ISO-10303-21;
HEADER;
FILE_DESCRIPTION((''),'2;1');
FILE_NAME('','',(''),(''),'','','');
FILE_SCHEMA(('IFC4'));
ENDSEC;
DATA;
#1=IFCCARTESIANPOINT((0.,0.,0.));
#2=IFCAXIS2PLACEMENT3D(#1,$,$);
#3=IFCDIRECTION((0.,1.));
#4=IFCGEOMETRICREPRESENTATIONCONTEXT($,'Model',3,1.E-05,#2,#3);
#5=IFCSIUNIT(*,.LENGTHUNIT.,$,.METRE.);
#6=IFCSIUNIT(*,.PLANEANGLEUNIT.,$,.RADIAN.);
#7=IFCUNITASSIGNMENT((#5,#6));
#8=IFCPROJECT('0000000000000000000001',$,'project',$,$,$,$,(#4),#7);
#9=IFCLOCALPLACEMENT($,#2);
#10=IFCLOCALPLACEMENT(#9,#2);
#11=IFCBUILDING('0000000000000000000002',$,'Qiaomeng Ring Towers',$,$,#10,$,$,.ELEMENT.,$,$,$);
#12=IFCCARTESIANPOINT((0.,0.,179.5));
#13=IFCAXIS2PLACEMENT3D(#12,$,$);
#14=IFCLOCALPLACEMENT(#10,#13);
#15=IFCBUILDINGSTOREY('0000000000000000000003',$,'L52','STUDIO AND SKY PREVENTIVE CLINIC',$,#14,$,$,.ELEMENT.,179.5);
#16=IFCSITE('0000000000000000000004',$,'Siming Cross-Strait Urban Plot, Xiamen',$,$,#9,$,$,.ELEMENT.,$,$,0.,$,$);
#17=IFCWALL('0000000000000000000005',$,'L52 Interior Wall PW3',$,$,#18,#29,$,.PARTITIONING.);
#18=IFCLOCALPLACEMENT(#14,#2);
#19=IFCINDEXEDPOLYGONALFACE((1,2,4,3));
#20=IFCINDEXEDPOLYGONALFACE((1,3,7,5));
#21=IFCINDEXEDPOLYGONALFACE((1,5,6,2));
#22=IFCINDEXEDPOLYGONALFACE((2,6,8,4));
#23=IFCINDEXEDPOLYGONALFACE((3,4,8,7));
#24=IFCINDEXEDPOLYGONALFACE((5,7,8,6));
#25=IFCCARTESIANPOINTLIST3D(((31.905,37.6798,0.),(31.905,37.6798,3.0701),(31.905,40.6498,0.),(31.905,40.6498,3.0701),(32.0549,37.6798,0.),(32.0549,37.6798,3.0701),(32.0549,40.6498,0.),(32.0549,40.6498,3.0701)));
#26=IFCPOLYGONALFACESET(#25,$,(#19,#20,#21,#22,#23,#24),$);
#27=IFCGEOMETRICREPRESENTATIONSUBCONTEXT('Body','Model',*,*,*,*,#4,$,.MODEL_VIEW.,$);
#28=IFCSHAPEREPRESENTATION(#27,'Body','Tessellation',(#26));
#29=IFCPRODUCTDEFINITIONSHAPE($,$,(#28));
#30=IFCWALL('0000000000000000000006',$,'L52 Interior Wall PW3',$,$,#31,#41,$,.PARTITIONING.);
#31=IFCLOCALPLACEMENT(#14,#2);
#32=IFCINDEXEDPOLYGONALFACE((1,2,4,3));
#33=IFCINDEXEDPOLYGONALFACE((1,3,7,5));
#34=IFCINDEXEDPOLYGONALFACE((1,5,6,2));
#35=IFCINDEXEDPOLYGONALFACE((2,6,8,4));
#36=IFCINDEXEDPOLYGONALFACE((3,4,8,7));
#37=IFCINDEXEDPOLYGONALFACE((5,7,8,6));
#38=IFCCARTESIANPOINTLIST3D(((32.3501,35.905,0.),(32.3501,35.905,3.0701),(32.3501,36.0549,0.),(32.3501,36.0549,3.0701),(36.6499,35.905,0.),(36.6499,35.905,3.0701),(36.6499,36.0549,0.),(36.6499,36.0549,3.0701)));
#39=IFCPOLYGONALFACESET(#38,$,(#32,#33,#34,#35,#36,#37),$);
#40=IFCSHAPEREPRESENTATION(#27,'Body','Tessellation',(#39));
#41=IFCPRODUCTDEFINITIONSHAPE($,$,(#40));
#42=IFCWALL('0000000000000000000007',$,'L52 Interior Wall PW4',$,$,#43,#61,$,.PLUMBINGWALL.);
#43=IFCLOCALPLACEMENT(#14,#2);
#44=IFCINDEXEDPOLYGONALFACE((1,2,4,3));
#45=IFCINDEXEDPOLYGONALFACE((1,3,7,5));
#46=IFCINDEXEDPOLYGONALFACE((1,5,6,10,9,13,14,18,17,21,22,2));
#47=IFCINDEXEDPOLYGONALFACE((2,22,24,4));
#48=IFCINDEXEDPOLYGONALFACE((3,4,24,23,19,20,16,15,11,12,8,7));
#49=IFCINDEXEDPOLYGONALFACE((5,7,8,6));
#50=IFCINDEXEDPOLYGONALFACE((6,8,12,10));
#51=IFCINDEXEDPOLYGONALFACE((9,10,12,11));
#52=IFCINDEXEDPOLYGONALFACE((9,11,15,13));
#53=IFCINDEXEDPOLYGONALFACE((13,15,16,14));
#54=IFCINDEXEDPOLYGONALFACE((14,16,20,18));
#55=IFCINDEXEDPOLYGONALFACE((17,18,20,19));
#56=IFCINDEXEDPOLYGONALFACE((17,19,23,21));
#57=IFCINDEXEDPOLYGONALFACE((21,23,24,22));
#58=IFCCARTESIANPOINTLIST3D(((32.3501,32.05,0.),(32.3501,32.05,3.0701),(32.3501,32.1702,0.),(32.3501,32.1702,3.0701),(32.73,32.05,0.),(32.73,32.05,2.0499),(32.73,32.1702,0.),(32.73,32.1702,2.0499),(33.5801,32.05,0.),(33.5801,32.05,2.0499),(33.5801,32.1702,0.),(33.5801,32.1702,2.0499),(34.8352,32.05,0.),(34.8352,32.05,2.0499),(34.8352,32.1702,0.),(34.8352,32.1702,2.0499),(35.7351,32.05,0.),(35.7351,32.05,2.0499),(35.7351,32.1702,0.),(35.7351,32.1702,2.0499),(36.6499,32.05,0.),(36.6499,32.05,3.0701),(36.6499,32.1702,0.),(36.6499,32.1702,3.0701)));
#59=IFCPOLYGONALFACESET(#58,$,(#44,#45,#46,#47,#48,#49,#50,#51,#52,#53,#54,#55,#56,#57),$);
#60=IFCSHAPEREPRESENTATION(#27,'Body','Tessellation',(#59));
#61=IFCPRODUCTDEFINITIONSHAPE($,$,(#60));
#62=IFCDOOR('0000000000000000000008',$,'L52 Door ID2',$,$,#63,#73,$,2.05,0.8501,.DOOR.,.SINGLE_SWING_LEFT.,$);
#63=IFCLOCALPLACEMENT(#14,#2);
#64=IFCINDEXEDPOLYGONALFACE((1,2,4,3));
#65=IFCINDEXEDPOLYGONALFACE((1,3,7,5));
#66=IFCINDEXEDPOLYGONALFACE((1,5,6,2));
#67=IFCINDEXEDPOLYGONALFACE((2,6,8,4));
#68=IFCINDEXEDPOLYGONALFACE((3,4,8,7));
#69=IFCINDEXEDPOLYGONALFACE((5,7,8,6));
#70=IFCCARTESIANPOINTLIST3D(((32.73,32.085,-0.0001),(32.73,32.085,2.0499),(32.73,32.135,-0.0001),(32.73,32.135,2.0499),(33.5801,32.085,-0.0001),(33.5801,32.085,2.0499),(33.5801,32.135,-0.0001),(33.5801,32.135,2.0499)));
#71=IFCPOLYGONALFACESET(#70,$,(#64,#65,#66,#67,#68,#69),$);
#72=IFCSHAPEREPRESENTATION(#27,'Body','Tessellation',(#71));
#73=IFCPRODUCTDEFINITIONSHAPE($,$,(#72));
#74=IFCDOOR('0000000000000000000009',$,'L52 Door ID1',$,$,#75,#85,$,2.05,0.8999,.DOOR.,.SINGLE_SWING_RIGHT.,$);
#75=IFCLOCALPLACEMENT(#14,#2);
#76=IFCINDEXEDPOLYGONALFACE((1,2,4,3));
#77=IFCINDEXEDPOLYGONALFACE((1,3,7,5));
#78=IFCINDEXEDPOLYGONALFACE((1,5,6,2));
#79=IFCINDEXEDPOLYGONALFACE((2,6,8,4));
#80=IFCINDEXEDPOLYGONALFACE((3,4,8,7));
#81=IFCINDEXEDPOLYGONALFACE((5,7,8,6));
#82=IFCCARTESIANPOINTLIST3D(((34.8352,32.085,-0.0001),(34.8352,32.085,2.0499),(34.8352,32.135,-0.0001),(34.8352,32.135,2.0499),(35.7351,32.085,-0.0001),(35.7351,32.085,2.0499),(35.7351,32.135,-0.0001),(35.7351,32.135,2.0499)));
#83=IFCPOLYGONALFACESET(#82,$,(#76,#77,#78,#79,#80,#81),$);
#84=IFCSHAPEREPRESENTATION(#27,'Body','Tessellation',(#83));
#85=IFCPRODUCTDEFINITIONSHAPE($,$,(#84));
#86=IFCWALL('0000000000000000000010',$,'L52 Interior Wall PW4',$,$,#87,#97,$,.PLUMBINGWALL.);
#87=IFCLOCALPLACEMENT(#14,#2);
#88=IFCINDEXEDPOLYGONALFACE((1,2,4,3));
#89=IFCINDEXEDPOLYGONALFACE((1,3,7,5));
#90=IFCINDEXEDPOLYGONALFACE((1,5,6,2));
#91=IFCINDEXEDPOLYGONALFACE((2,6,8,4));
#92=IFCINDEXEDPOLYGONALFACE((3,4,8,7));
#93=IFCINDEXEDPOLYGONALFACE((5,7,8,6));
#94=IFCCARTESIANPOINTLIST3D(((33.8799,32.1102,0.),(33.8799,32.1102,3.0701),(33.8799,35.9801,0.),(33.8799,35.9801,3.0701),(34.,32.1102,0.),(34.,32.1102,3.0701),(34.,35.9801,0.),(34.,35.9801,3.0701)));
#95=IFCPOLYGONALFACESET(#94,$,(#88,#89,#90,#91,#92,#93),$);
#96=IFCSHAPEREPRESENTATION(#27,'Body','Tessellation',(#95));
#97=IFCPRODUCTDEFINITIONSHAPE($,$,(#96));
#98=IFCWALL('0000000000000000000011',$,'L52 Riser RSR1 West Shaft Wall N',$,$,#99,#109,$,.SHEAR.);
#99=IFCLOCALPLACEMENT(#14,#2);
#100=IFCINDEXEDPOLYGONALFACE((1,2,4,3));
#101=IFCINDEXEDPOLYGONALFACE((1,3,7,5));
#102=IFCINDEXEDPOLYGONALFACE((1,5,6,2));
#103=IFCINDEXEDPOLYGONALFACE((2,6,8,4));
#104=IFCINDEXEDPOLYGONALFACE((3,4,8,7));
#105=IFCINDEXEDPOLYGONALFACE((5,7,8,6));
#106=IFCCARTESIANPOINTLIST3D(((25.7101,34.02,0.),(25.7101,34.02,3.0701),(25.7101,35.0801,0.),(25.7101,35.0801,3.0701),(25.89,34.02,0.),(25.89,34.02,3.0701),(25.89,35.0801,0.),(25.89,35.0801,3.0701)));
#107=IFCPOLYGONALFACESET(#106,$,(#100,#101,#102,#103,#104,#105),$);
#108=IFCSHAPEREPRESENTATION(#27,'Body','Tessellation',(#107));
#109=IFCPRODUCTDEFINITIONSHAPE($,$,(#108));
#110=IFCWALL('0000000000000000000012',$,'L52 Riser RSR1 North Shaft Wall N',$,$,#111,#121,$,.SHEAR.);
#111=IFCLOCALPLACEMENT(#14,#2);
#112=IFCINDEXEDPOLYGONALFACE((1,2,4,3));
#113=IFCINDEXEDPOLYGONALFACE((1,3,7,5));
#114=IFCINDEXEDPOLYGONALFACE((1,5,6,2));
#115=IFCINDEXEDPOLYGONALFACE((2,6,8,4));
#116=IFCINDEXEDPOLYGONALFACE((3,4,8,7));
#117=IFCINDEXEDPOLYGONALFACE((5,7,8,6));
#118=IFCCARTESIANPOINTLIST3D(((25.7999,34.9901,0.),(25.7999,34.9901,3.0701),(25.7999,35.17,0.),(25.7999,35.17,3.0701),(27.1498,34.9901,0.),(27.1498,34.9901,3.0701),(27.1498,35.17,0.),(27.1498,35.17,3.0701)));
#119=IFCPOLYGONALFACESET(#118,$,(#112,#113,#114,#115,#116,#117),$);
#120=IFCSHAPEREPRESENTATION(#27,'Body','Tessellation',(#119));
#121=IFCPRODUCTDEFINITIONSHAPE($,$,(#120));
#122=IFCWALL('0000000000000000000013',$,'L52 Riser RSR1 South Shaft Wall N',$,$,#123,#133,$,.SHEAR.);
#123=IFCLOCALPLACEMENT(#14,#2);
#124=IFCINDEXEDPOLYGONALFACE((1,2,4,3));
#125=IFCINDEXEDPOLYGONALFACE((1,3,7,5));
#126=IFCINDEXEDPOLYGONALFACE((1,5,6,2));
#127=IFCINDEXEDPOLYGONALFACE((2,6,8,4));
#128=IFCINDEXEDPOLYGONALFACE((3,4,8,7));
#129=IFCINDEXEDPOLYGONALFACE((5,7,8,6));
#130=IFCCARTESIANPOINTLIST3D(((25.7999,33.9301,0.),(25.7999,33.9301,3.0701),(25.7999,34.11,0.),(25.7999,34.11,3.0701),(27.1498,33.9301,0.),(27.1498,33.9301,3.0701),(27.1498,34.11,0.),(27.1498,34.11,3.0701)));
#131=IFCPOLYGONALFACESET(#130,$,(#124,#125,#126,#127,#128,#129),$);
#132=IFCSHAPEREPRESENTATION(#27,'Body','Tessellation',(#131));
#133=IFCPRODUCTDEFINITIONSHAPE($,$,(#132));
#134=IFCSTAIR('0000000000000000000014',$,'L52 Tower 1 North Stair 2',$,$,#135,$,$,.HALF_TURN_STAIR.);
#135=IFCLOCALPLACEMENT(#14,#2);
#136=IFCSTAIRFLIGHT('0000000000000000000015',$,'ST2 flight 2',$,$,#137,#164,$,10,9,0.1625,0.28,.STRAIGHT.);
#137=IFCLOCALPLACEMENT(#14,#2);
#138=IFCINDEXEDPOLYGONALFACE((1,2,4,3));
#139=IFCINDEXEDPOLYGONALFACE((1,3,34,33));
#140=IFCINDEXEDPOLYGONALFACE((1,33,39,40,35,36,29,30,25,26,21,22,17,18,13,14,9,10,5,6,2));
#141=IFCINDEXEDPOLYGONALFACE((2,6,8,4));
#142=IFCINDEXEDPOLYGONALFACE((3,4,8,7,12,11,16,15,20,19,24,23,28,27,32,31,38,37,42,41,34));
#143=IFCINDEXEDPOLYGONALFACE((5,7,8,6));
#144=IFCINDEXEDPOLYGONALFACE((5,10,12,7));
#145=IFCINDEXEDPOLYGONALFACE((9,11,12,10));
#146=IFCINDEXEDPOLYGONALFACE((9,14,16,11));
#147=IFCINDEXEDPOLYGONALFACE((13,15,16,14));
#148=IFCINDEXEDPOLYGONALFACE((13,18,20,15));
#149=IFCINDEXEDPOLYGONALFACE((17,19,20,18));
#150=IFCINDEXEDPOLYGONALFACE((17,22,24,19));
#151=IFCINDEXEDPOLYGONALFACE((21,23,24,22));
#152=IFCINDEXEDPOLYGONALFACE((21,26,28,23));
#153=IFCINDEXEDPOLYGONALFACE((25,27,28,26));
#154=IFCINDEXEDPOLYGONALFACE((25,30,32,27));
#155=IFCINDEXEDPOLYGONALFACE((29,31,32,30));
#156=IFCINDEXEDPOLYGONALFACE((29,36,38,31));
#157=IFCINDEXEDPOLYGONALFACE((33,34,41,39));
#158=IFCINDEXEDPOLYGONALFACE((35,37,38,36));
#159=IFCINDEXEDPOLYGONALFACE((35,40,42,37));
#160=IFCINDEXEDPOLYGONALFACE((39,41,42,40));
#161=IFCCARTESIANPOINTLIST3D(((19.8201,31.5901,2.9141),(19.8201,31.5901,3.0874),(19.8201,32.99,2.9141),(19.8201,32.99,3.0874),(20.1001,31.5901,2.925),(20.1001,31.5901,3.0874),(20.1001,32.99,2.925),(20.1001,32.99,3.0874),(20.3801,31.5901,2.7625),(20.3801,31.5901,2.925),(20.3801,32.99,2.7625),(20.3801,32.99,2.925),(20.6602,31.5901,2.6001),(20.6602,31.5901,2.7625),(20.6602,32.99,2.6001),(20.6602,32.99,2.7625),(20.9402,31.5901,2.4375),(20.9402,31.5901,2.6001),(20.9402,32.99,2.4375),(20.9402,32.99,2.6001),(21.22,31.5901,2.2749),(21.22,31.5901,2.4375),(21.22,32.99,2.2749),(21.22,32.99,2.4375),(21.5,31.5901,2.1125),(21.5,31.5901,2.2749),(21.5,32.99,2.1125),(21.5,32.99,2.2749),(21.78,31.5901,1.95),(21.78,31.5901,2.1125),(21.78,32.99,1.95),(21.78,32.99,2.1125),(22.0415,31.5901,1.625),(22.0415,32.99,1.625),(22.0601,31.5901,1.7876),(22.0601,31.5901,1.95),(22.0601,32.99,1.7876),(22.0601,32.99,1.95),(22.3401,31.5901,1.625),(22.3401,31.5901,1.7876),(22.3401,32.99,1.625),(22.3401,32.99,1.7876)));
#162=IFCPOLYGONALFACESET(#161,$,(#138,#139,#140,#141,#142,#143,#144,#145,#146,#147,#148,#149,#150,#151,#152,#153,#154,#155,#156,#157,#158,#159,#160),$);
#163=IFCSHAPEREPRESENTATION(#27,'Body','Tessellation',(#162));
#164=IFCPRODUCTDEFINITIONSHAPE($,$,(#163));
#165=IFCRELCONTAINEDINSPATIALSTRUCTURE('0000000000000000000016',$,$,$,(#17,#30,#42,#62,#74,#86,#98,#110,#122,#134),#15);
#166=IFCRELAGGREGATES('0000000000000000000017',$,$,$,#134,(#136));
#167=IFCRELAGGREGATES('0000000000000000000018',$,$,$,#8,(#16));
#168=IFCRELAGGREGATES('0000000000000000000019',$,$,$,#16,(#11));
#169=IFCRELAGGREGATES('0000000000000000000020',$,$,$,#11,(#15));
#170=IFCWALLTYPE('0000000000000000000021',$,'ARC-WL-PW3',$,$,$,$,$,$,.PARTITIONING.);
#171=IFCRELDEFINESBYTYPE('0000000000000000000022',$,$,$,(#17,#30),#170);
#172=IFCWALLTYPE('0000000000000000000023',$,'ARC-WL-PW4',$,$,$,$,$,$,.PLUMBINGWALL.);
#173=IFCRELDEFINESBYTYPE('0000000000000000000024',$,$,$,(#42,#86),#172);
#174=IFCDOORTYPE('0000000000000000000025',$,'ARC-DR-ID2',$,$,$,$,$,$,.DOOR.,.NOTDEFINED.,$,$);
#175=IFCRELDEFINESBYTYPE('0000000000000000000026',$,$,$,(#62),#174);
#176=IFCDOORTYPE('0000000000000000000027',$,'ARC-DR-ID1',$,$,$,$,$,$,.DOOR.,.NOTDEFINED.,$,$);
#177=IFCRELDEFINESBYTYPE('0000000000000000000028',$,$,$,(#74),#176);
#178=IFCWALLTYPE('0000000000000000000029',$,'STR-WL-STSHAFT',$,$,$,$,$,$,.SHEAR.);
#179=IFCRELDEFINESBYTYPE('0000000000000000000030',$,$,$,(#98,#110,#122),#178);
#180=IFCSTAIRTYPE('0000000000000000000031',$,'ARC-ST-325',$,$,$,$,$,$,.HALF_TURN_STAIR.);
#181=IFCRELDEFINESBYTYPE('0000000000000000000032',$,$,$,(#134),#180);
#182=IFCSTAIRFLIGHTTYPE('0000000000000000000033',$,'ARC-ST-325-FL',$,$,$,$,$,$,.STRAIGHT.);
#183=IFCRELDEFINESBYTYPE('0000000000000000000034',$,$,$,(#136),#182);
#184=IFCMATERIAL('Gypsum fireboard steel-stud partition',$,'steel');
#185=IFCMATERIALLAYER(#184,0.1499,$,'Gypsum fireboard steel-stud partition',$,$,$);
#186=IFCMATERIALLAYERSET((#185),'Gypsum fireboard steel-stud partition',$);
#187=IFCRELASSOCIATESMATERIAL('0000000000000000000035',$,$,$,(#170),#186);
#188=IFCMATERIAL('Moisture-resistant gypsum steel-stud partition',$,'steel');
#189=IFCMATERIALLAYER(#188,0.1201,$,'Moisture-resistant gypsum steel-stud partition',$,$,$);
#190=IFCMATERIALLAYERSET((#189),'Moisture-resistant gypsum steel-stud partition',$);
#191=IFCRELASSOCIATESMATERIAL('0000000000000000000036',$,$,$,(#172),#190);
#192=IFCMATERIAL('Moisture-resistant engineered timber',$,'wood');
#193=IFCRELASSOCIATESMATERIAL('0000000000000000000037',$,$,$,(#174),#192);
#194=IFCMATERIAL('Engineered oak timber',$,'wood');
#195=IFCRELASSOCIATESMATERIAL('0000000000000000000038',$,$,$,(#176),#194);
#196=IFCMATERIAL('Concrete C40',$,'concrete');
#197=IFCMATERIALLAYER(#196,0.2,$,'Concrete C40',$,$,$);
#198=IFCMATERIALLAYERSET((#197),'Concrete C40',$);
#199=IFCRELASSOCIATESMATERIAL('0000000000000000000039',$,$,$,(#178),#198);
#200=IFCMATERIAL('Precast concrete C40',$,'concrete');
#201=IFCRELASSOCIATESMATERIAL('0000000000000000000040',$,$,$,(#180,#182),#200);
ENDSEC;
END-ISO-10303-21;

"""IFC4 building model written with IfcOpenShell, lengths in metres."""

from ifc_helpers import new_model, si_unit, direction, frame, frame_2d, origin, place, context, subcontext, project, spatial, polyline, rectangle, outline, extrude, source, transform, mapped, material, layer, layer_set, type_object, element, fill, aggregate, save


model = new_model("IFC4")

# Units and contexts
model_context = context("Model", 3, precision=1e-05, world=origin(), true_north=direction((0.0, 1.0)))
body_context = subcontext(model_context, "Body", "Model", "MODEL_VIEW")
ifc_project = project(units=[si_unit("LENGTHUNIT", "METRE"), si_unit("PLANEANGLEUNIT", "RADIAN")], contexts=[model_context])

# Site, building, storey
site_placement = place(None, origin())
site = spatial("IfcSite", under=ifc_project, at=site_placement, Name="Siming Cross-Strait Urban Plot, Xiamen", CompositionType="ELEMENT", RefElevation=0.0)
building_placement = place(site_placement, origin())
building = spatial("IfcBuilding", under=site, at=building_placement, Name="Qiaomeng Ring Towers", CompositionType="ELEMENT")
storey_placement = place(building_placement, frame((0.0, 0.0, 179.5)))
storey = spatial("IfcBuildingStorey", under=building, at=storey_placement, Name="L52", Description="STUDIO AND SKY PREVENTIVE CLINIC", CompositionType="ELEMENT", Elevation=179.5)

# Walls
ifc_material_1 = material(Name="Gypsum fireboard steel-stud partition", Category="steel")
ifc_layer_1 = layer(ifc_material_1, 0.1499, Name="Gypsum fireboard steel-stud partition")
ifc_layer_set_1 = layer_set([ifc_layer_1], Name="Gypsum fireboard steel-stud partition")
wall_type_1 = type_object("IfcWallType", Name="ARC-WL-PW3", PredefinedType="PARTITIONING", material=ifc_layer_set_1)
for number, where, z_axis, x_axis, name in (
    (1, (31.98, 37.6799, 0.0), (0.0, 0.0, 1.0), (0.0, 1.0, 0.0), "L52 Interior Wall PW3"),
):
    element("IfcWall", number, at=place(storey_placement, frame(where, z_axis=z_axis, x_axis=x_axis)), inside=storey, type_object=wall_type_1, Name=name, PredefinedType="PARTITIONING", context=body_context, shape_type="SweptSolid", body=[
        extrude(rectangle(XDim=2.97, YDim=0.1499, at=frame_2d((1.4849, 0.0))), origin(), (0.0, 0.0, 1.0), 3.0701),
    ])
wall_1_placement = place(storey_placement, frame((32.3501, 35.98, 0.0), z_axis=(0.0, 0.0, 1.0), x_axis=(1.0, 0.0, 0.0)))
element("IfcWall", 2, at=wall_1_placement, inside=storey, type_object=wall_type_1, Name="L52 Interior Wall PW3", PredefinedType="PARTITIONING", context=body_context, shape_type="SweptSolid", body=[
    extrude(rectangle(XDim=4.2998, YDim=0.1499, at=frame_2d((2.1499, 0.0))), origin(), (0.0, 0.0, 1.0), 3.0701),
])

# Wall, openings, doors
ifc_material_2 = material(Name="Moisture-resistant gypsum steel-stud partition", Category="steel")
ifc_layer_2 = layer(ifc_material_2, 0.1201, Name="Moisture-resistant gypsum steel-stud partition")
ifc_layer_set_2 = layer_set([ifc_layer_2], Name="Moisture-resistant gypsum steel-stud partition")
wall_type_2 = type_object("IfcWallType", Name="ARC-WL-PW4", PredefinedType="PLUMBINGWALL", material=ifc_layer_set_2)
wall_2_placement = place(storey_placement, frame((32.3501, 32.1101, 0.0), z_axis=(0.0, 0.0, 1.0), x_axis=(1.0, 0.0, 0.0)))
wall_2 = element("IfcWall", 3, at=wall_2_placement, inside=storey, type_object=wall_type_2, Name="L52 Interior Wall PW4", PredefinedType="PLUMBINGWALL", context=body_context, shape_type="SweptSolid", body=[
    extrude(rectangle(XDim=4.2998, YDim=0.1201, at=frame_2d((2.1499, 0.0))), origin(), (0.0, 0.0, 1.0), 3.0701),
])
opening_1_placement = place(wall_2_placement, frame((0.3799, 0.0, 0.0)))
opening_1 = element("IfcOpeningElement", 4, at=opening_1_placement, cuts=wall_2, PredefinedType="OPENING", context=body_context, shape_type="SweptSolid", body=[
    extrude(rectangle(XDim=0.8501, YDim=2.05, at=frame_2d((0.425, 1.0249))), frame((0.0, 0.0701, 0.0), z_axis=(0.0, -1.0, 0.0), x_axis=(1.0, 0.0, 0.0)), (0.0, 0.0, 1.0), 0.1401),
])
opening_2_placement = place(wall_2_placement, frame((2.4851, 0.0, 0.0)))
opening_2 = element("IfcOpeningElement", 5, at=opening_2_placement, cuts=wall_2, PredefinedType="OPENING", context=body_context, shape_type="SweptSolid", body=[
    extrude(rectangle(XDim=0.8999, YDim=2.05, at=frame_2d((0.45, 1.0249))), frame((0.0, 0.0701, 0.0), z_axis=(0.0, -1.0, 0.0), x_axis=(1.0, 0.0, 0.0)), (0.0, 0.0, 1.0), 0.1401),
])
ifc_material_3 = material(Name="Moisture-resistant engineered timber", Category="wood")
door_type_1 = type_object("IfcDoorType", Name="ARC-DR-ID2", OperationType="NOTDEFINED", PredefinedType="DOOR", material=ifc_material_3)
shared_shape_1 = source(origin(), body_context, "Body", "SweptSolid", [
    extrude(rectangle(XDim=0.8501, YDim=2.05, at=frame_2d((0.425, 1.0249))), frame((0.0, 0.0249, 0.0), z_axis=(0.0, -1.0, 0.0), x_axis=(1.0, 0.0, 0.0)), (0.0, 0.0, 1.0), 0.05),
])
door_1_placement = place(opening_1_placement, origin())
door_1 = element("IfcDoor", 6, at=door_1_placement, inside=storey, type_object=door_type_1, Name="L52 Door ID2", OperationType="SINGLE_SWING_LEFT", OverallHeight=2.05, OverallWidth=0.8501, PredefinedType="DOOR", context=body_context, shape_type="MappedRepresentation", body=[
    mapped(shared_shape_1, transform((0.0, 0.0, 0.0), x_axis=(1.0, 0.0, 0.0), y_axis=(0.0, 1.0, 0.0), z_axis=(0.0, 0.0, 1.0), scale=1.0)),
])
fill(opening_1, door_1)
ifc_material_4 = material(Name="Engineered oak timber", Category="wood")
door_type_2 = type_object("IfcDoorType", Name="ARC-DR-ID1", OperationType="NOTDEFINED", PredefinedType="DOOR", material=ifc_material_4)
shared_shape_2 = source(origin(), body_context, "Body", "SweptSolid", [
    extrude(rectangle(XDim=0.8999, YDim=2.05, at=frame_2d((0.45, 1.0249))), frame((0.0, 0.0249, 0.0), z_axis=(0.0, -1.0, 0.0), x_axis=(1.0, 0.0, 0.0)), (0.0, 0.0, 1.0), 0.05),
])
door_2_placement = place(opening_2_placement, origin())
door_2 = element("IfcDoor", 7, at=door_2_placement, inside=storey, type_object=door_type_2, Name="L52 Door ID1", OperationType="SINGLE_SWING_RIGHT", OverallHeight=2.05, OverallWidth=0.8999, PredefinedType="DOOR", context=body_context, shape_type="MappedRepresentation", body=[
    mapped(shared_shape_2, transform((0.0, 0.0, 0.0), x_axis=(1.0, 0.0, 0.0), y_axis=(0.0, 1.0, 0.0), z_axis=(0.0, 0.0, 1.0), scale=1.0)),
])
fill(opening_2, door_2)

# Walls
wall_3_placement = place(storey_placement, frame((33.9399, 32.1101, 0.0), z_axis=(0.0, 0.0, 1.0), x_axis=(0.0, 1.0, 0.0)))
element("IfcWall", 8, at=wall_3_placement, inside=storey, type_object=wall_type_2, Name="L52 Interior Wall PW4", PredefinedType="PLUMBINGWALL", context=body_context, shape_type="SweptSolid", body=[
    extrude(rectangle(XDim=3.8699, YDim=0.1201, at=frame_2d((1.9351, 0.0))), origin(), (0.0, 0.0, 1.0), 3.0701),
])
ifc_material_5 = material(Name="Concrete C40", Category="concrete")
ifc_layer_3 = layer(ifc_material_5, 0.2, Name="Concrete C40")
ifc_layer_set_3 = layer_set([ifc_layer_3], Name="Concrete C40")
wall_type_3 = type_object("IfcWallType", Name="STR-WL-STSHAFT", PredefinedType="SHEAR", material=ifc_layer_set_3)
wall_4_placement = place(storey_placement, frame((25.8, 34.02, 0.0), z_axis=(0.0, 0.0, 1.0), x_axis=(0.0, 1.0, 0.0)))
element("IfcWall", 9, at=wall_4_placement, inside=storey, type_object=wall_type_3, Name="L52 Riser RSR1 West Shaft Wall N", PredefinedType="SHEAR", context=body_context, shape_type="SweptSolid", body=[
    extrude(rectangle(XDim=1.0601, YDim=0.1799, at=frame_2d((0.53, 0.0))), origin(), (0.0, 0.0, 1.0), 3.0701),
])
for number, where, z_axis, x_axis, name in (
    (10, (25.8, 35.0801, 0.0), (0.0, 0.0, 1.0), (1.0, 0.0, 0.0), "L52 Riser RSR1 North Shaft Wall N"),
    (11, (25.8, 34.02, 0.0), (0.0, 0.0, 1.0), (1.0, 0.0, 0.0), "L52 Riser RSR1 South Shaft Wall N"),
):
    element("IfcWall", number, at=place(storey_placement, frame(where, z_axis=z_axis, x_axis=x_axis)), inside=storey, type_object=wall_type_3, Name=name, PredefinedType="SHEAR", context=body_context, shape_type="SweptSolid", body=[
        extrude(rectangle(XDim=1.3499, YDim=0.1799, at=frame_2d((0.6748, 0.0))), origin(), (0.0, 0.0, 1.0), 3.0701),
    ])

# Stair, stair flight
ifc_material_6 = material(Name="Precast concrete C40", Category="concrete")
stair_type = type_object("IfcStairType", Name="ARC-ST-325", PredefinedType="HALF_TURN_STAIR", material=ifc_material_6)
stair_placement = place(storey_placement, origin())
stair = element("IfcStair", 12, at=stair_placement, inside=storey, type_object=stair_type, Name="L52 Tower 1 North Stair 2", PredefinedType="HALF_TURN_STAIR")
stair_flight_type = type_object("IfcStairFlightType", Name="ARC-ST-325-FL", PredefinedType="STRAIGHT", material=ifc_material_6)
shared_shape_3 = source(origin(), body_context, "Body", "SweptSolid", [
    extrude(outline(polyline([(0.0, 0.0), (0.0, 0.1626), (0.28, 0.1626), (0.28, 0.325), (0.5601, 0.325), (0.5601, 0.4875), (0.8401, 0.4875), (0.8401, 0.6499), (1.1201, 0.6499), (1.1201, 0.8125), (1.3999, 0.8125), (1.3999, 0.9751), (1.6799, 0.9751), (1.6799, 1.1375), (1.96, 1.1375), (1.96, 1.3), (2.24, 1.3), (2.24, 1.4624), (2.52, 1.4624), (2.52, 1.625), (2.52, 1.2891), (0.2986, 0.0), (0.0, 0.0)])), frame((0.0, 0.7, 0.0), z_axis=(0.0, -1.0, 0.0), x_axis=(1.0, 0.0, 0.0)), (0.0, 0.0, 1.0), 1.3999),
])
stair_flight_placement = place(storey_placement, frame((22.3401, 32.29, 1.625), z_axis=(0.0, 0.0, 1.0), x_axis=(-1.0, 0.0, 0.0)))
stair_flight = element("IfcStairFlight", 13, at=stair_flight_placement, type_object=stair_flight_type, Name="ST2 flight 2", NumberOfRisers=10, NumberOfTreads=9, PredefinedType="STRAIGHT", RiserHeight=0.1625, TreadLength=0.28, context=body_context, shape_type="MappedRepresentation", body=[
    mapped(shared_shape_3, transform((0.0, 0.0, 0.0), x_axis=(1.0, 0.0, 0.0), y_axis=(0.0, 1.0, 0.0), z_axis=(0.0, 0.0, 1.0), scale=1.0)),
])
aggregate(stair, [stair_flight])

save(model, "model.ifc")
